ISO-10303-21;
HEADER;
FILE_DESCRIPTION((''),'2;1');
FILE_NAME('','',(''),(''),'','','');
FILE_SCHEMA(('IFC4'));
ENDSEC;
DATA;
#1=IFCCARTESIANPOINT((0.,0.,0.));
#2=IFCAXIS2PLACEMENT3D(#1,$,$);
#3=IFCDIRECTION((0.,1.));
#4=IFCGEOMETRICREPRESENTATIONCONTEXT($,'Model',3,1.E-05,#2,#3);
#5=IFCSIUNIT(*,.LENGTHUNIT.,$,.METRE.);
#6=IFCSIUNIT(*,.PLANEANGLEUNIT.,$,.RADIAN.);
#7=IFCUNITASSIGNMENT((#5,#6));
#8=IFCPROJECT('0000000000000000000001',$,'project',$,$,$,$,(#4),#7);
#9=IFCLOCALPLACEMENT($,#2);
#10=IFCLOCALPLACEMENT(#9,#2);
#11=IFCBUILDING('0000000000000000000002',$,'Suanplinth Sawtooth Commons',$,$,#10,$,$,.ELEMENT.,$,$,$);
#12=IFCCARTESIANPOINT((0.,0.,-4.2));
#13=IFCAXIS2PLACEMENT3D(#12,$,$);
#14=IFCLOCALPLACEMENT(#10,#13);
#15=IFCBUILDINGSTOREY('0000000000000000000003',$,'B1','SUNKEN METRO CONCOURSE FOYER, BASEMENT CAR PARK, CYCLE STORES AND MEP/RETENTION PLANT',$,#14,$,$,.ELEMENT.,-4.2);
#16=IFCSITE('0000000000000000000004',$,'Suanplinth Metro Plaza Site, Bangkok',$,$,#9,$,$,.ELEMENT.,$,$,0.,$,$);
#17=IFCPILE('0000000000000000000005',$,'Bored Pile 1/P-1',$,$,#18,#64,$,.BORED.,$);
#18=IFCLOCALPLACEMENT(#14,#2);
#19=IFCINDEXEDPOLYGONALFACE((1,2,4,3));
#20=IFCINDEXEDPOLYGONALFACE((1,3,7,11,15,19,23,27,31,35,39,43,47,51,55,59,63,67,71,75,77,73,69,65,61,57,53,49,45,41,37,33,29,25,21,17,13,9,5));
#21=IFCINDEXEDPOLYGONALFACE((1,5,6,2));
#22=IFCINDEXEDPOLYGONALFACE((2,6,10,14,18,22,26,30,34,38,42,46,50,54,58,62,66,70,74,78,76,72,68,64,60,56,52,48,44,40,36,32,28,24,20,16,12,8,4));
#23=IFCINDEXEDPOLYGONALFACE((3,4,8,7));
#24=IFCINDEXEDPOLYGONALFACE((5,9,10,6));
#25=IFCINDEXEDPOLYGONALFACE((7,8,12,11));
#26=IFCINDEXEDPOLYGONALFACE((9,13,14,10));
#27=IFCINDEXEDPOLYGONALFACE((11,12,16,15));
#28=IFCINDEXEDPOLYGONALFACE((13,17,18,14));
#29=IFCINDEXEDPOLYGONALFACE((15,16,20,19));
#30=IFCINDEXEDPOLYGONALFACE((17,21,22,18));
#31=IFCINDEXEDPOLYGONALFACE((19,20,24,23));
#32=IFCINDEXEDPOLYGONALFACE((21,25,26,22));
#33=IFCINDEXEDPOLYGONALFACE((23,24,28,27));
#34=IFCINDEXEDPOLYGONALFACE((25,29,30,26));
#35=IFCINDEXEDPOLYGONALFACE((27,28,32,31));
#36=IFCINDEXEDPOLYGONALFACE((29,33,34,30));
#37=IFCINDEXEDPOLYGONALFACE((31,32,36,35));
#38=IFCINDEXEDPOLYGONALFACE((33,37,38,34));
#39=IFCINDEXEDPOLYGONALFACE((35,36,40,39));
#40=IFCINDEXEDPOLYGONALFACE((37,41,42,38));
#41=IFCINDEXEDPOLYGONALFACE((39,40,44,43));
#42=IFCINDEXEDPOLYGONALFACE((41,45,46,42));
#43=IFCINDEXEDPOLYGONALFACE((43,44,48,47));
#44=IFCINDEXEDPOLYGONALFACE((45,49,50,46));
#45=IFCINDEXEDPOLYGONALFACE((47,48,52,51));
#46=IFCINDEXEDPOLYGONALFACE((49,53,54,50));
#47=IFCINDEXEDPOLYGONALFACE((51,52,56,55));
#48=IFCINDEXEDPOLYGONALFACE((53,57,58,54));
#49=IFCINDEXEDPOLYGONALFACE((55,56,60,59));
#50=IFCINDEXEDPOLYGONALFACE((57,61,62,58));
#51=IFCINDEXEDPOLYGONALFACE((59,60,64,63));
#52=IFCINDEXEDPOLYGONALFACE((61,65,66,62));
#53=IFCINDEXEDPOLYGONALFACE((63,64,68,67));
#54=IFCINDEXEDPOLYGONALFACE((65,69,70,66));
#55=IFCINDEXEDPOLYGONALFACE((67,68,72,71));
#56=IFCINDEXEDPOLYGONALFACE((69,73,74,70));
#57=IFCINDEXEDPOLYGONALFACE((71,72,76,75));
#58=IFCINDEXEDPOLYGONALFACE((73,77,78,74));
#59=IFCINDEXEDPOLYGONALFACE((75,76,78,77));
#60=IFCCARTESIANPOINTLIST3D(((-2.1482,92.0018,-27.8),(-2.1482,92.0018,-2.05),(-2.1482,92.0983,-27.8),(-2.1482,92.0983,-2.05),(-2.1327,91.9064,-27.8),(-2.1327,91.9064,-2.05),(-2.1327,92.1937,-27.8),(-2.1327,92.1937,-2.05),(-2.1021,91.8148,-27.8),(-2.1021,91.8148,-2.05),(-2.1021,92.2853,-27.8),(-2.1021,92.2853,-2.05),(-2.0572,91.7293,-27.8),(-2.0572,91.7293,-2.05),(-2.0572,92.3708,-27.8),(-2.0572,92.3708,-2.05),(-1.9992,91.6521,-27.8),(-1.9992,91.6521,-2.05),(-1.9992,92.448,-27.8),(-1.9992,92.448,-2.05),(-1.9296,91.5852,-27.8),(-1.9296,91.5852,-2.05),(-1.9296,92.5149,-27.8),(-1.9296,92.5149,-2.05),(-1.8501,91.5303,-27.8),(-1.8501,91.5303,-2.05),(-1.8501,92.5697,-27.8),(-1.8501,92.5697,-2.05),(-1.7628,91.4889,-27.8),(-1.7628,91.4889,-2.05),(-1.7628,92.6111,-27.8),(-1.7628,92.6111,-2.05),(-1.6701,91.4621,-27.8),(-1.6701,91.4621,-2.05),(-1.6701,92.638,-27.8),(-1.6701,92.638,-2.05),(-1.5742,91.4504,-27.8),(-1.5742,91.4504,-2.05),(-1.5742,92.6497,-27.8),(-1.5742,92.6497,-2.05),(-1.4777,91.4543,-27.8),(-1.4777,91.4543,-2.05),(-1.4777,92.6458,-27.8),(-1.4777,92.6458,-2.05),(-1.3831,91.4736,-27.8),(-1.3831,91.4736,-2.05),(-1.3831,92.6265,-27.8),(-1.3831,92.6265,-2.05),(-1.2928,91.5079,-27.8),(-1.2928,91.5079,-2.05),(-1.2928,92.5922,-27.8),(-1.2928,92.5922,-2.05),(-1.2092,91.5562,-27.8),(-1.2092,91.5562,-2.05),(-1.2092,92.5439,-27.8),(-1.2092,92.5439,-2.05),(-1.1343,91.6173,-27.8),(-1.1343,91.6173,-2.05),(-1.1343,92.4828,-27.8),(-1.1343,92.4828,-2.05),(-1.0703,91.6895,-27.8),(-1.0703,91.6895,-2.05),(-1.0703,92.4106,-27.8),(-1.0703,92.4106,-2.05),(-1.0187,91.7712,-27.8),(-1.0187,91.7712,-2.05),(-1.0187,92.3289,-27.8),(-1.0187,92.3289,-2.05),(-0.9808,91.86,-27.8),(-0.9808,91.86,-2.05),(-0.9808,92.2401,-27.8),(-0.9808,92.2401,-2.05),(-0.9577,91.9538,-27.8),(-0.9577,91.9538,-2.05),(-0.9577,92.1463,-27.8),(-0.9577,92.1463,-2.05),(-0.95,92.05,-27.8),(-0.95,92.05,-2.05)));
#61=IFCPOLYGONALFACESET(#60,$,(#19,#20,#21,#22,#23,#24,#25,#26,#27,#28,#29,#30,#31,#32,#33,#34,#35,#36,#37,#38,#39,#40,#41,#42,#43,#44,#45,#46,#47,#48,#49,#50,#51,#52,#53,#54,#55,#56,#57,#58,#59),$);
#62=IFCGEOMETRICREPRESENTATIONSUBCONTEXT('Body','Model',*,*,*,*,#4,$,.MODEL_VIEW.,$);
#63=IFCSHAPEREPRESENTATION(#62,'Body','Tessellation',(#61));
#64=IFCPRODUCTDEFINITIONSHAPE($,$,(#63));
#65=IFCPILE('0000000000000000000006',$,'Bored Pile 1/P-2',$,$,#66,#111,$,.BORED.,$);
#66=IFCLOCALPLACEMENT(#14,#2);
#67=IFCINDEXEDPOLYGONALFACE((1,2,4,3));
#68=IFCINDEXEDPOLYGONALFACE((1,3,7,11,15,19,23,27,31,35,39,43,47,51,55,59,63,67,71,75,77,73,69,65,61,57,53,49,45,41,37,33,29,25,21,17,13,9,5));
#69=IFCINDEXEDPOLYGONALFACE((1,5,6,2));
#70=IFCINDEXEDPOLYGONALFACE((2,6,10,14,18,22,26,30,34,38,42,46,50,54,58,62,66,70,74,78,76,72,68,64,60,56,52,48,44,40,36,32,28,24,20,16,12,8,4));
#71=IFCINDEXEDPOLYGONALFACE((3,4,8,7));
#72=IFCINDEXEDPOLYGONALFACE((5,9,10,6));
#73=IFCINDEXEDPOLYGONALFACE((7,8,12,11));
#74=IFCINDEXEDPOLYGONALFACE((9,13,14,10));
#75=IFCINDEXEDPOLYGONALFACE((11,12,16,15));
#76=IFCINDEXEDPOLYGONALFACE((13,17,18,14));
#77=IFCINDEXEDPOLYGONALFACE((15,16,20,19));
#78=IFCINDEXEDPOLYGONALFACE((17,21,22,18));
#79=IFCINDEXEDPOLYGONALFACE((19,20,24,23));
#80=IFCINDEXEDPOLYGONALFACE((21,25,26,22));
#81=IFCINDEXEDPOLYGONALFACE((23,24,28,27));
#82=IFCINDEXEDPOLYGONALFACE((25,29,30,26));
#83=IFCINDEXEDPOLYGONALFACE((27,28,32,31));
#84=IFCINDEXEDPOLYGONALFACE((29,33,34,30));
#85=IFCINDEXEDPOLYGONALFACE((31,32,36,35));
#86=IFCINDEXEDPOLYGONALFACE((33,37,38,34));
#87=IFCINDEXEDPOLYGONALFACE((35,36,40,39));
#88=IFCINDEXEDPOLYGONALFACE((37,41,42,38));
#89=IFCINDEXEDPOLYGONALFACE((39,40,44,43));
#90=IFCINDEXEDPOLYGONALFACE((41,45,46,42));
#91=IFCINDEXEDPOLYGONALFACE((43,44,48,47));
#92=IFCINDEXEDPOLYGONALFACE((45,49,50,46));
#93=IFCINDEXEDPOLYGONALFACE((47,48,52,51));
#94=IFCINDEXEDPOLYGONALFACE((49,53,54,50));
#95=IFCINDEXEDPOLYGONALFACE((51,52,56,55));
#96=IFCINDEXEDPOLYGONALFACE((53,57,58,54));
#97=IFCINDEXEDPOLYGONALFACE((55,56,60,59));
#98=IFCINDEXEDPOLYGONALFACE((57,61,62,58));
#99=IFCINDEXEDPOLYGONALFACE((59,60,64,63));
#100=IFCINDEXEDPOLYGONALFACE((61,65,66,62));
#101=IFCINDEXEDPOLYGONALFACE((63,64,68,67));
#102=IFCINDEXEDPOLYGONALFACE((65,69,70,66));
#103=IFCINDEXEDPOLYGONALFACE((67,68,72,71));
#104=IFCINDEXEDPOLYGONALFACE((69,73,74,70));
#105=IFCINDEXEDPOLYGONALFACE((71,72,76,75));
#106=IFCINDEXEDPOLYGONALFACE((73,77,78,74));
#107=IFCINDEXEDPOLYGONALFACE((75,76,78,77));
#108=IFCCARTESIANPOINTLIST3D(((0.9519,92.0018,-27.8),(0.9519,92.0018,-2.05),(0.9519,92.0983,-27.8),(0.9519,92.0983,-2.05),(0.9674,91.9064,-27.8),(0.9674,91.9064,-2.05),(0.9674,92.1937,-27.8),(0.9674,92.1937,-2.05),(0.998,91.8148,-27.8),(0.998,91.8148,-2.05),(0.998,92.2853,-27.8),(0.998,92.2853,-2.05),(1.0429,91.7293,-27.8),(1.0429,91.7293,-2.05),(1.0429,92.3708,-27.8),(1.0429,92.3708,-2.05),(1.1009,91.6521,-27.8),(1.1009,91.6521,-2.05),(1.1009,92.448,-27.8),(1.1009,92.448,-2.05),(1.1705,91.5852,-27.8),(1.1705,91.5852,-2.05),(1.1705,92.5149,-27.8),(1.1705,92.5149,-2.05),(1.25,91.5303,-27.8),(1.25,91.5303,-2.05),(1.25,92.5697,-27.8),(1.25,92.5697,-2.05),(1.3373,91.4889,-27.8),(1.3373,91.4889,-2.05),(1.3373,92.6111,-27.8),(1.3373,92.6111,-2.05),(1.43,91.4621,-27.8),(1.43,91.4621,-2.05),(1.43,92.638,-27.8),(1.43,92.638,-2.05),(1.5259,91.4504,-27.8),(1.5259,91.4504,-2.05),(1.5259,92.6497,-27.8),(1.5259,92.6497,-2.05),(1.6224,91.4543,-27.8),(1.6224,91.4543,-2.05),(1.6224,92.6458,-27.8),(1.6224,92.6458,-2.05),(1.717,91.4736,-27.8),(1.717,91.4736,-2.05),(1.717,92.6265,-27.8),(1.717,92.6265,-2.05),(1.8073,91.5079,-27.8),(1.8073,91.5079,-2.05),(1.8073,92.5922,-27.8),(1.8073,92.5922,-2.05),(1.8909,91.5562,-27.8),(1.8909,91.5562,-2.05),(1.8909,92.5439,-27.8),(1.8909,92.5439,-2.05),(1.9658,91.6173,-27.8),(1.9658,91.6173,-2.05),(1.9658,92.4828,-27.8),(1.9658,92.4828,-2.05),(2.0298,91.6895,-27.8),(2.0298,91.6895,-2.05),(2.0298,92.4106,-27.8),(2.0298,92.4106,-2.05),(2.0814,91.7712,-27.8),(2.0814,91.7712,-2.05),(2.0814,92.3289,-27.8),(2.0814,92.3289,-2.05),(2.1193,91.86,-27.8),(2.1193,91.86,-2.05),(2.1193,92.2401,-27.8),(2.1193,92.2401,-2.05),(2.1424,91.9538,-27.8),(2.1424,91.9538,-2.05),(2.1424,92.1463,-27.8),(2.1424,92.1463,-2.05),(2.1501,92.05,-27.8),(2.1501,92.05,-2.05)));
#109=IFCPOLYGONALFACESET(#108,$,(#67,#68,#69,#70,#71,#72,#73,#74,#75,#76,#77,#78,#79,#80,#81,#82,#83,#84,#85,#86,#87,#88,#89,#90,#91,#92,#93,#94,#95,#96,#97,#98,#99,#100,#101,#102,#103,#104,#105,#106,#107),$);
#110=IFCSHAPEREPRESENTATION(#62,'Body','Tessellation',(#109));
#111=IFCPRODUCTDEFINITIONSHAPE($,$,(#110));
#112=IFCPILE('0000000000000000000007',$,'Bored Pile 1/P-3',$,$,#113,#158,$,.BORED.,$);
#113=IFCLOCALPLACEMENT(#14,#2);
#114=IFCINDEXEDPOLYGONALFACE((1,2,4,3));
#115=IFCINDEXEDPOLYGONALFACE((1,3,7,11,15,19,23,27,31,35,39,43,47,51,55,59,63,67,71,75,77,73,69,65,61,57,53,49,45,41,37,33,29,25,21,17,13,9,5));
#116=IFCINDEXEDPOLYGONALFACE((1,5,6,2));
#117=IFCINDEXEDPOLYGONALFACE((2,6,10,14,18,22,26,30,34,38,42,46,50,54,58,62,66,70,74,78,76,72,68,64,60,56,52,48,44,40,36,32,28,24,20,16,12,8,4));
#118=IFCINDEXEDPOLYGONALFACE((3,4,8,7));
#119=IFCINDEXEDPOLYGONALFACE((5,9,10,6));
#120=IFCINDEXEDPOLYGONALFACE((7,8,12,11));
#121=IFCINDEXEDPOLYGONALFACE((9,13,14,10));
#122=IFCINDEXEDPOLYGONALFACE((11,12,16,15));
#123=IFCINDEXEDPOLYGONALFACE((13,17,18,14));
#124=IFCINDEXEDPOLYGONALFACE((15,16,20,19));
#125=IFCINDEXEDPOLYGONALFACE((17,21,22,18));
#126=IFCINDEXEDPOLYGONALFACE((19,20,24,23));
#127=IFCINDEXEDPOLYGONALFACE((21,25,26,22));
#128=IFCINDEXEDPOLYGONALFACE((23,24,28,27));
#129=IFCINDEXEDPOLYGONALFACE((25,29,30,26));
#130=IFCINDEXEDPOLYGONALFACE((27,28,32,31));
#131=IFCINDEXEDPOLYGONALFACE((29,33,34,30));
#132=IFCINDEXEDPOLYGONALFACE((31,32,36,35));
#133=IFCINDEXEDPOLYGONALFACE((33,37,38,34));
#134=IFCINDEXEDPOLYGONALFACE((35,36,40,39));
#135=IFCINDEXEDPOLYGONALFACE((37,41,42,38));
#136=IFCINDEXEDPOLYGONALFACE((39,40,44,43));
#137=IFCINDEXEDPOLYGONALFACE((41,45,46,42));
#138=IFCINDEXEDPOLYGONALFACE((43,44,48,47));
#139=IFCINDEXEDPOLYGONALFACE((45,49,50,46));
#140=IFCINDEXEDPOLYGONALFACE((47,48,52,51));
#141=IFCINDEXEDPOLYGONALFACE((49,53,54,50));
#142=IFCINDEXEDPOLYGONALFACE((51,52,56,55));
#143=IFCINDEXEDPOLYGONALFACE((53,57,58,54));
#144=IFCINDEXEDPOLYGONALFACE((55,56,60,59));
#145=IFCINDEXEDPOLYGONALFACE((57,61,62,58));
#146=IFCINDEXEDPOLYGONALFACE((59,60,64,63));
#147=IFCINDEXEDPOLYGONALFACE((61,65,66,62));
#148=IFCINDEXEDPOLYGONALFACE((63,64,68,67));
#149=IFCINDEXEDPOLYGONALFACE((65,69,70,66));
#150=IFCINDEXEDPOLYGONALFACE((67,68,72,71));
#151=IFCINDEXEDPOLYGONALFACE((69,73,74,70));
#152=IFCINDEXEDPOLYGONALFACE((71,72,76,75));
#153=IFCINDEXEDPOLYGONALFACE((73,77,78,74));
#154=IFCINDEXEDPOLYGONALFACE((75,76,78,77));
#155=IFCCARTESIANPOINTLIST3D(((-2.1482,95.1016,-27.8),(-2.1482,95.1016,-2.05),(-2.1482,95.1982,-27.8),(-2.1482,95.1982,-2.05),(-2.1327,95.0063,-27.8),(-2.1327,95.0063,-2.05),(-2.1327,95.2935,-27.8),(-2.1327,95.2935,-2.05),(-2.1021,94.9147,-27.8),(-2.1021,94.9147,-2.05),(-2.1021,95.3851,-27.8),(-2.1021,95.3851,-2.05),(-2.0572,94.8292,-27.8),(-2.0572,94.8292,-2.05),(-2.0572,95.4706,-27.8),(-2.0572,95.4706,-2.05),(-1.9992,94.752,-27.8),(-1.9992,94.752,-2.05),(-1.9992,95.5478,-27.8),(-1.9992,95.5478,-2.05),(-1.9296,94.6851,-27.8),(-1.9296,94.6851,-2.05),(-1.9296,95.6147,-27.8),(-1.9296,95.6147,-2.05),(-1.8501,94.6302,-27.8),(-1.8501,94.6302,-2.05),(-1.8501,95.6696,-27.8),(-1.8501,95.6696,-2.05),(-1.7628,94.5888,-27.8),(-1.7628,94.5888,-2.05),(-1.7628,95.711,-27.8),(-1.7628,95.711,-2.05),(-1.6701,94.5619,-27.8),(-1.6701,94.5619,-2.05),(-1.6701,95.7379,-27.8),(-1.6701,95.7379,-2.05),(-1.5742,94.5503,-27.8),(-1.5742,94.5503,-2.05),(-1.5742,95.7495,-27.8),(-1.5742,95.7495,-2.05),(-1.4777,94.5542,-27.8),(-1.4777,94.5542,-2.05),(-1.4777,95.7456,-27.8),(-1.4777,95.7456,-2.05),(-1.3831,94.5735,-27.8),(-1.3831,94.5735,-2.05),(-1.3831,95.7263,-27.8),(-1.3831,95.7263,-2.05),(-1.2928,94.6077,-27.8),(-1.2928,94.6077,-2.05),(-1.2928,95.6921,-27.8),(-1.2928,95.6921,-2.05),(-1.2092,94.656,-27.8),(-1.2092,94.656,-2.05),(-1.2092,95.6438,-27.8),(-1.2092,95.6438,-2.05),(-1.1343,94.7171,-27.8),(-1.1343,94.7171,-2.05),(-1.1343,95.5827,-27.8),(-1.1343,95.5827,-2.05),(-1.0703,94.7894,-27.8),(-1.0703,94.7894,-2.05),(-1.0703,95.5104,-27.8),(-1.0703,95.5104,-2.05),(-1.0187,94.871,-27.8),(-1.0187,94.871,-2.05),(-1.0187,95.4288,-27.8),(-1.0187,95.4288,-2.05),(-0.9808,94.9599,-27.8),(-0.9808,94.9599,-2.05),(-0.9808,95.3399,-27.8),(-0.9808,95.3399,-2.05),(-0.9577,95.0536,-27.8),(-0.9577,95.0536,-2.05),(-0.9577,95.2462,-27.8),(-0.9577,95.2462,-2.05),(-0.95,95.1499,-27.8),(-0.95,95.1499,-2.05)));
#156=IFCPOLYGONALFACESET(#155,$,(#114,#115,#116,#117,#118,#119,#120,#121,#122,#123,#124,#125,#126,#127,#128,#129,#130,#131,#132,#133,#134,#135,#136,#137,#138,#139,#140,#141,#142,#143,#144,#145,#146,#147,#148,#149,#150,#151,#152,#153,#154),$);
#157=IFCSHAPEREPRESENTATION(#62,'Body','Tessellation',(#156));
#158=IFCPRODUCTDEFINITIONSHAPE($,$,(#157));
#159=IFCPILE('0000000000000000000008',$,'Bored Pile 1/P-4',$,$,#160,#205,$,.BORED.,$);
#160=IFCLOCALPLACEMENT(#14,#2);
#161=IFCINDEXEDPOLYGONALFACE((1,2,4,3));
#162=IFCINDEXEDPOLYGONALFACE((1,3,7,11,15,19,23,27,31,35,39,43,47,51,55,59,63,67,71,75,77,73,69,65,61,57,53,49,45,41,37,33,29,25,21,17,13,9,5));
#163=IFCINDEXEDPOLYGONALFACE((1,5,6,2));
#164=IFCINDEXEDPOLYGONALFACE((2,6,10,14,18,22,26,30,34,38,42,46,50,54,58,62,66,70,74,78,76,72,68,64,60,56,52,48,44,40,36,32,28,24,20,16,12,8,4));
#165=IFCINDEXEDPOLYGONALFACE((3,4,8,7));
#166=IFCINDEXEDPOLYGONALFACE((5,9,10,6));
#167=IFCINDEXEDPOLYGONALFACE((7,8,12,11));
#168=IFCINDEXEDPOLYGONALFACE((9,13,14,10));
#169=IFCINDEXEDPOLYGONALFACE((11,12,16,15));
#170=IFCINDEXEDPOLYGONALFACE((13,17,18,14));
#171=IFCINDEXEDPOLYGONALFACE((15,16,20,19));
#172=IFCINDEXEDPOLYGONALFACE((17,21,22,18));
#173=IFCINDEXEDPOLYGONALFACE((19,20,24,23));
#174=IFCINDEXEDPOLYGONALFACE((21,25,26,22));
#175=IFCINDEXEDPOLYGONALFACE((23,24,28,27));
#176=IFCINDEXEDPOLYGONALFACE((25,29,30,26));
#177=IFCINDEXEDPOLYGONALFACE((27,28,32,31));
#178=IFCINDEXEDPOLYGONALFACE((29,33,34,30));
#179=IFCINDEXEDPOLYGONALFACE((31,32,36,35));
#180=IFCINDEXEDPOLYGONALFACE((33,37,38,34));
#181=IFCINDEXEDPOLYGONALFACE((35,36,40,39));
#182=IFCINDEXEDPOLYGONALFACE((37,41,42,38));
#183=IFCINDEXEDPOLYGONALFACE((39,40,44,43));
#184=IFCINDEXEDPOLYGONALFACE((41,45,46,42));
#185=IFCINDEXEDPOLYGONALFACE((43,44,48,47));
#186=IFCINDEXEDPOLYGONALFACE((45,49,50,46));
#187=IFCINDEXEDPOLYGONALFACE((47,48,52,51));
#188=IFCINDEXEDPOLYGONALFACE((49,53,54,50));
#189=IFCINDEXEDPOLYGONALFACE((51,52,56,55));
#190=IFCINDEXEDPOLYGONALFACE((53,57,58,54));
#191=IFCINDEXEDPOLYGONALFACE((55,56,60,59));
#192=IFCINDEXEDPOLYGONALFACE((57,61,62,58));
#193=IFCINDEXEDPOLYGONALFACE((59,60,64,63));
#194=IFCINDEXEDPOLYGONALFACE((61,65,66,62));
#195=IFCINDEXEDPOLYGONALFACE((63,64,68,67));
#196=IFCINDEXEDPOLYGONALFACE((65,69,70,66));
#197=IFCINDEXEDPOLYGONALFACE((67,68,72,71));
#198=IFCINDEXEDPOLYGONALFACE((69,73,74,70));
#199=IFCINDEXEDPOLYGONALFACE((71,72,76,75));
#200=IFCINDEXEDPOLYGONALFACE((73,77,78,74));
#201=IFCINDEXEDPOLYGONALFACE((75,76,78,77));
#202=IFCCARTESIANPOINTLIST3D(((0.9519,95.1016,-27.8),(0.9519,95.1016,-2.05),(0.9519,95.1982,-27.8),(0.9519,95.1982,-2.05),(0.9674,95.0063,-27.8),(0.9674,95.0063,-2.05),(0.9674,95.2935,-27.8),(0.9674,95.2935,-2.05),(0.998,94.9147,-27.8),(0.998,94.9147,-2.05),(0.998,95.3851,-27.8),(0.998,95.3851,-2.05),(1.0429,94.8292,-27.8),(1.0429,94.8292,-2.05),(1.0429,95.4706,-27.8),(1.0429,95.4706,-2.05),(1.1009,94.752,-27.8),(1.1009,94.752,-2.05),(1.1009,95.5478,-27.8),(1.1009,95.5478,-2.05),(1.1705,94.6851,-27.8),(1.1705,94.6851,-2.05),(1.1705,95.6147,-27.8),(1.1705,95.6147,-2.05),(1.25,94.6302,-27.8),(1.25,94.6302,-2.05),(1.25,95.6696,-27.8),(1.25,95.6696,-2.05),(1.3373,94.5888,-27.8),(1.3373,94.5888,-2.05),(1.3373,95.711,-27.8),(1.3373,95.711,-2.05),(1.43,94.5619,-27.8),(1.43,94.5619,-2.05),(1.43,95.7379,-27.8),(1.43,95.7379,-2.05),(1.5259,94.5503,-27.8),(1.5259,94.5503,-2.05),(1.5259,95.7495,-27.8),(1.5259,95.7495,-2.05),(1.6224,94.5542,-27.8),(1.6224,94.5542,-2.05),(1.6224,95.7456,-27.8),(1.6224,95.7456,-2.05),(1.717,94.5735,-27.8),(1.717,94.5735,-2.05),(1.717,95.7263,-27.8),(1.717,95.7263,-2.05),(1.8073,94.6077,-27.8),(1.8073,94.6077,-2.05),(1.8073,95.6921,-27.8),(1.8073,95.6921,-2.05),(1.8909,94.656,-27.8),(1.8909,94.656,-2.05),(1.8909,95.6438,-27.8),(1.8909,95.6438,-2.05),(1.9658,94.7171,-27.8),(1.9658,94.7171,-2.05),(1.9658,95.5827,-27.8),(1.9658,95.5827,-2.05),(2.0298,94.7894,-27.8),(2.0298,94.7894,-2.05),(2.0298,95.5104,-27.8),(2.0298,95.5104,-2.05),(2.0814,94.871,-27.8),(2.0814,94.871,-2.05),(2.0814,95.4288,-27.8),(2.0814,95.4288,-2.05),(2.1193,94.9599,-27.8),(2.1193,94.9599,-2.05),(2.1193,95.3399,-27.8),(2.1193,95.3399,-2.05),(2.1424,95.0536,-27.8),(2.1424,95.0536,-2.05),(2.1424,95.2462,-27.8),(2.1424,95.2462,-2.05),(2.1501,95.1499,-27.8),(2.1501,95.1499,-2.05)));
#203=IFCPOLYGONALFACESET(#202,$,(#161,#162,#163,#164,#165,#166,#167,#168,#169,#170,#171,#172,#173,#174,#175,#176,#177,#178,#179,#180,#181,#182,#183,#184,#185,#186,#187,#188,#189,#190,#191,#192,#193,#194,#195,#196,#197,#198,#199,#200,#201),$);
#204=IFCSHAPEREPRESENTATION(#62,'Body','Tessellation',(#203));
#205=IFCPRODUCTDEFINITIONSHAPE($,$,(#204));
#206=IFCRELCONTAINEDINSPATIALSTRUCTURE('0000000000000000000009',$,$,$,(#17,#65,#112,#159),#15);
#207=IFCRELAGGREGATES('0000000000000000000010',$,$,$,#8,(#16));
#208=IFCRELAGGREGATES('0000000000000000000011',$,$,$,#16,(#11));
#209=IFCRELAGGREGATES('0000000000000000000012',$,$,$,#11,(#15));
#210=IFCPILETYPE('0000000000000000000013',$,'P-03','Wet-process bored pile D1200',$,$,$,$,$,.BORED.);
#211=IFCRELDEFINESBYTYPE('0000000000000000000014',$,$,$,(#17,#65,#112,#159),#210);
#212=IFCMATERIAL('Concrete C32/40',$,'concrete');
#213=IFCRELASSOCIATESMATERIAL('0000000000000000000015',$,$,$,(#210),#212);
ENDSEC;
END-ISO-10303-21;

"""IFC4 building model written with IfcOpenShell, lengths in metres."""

from ifc_helpers import new_model, si_unit, direction, frame, origin, origin_2d, place, context, subcontext, project, spatial, circle, extrude, material, material_profile, profile_set, type_object, element, save


model = new_model("IFC4")

# Units and contexts
model_context = context("Model", 3, precision=1e-05, world=origin(), true_north=direction((0.0, 1.0)))
body_context = subcontext(model_context, "Body", "Model", "MODEL_VIEW")
ifc_project = project(units=[si_unit("LENGTHUNIT", "METRE"), si_unit("PLANEANGLEUNIT", "RADIAN")], contexts=[model_context])

# Site, building, storey
site_placement = place(None, origin())
site = spatial("IfcSite", under=ifc_project, at=site_placement, Name="Suanplinth Metro Plaza Site, Bangkok", CompositionType="ELEMENT", RefElevation=0.0)
building_placement = place(site_placement, origin())
building = spatial("IfcBuilding", under=site, at=building_placement, Name="Suanplinth Sawtooth Commons", CompositionType="ELEMENT")
storey_placement = place(building_placement, frame((0.0, 0.0, -4.2)))
storey = spatial("IfcBuildingStorey", under=building, at=storey_placement, Name="B1", Description="SUNKEN METRO CONCOURSE FOYER, BASEMENT CAR PARK, CYCLE STORES AND MEP/RETENTION PLANT", CompositionType="ELEMENT", Elevation=-4.2)

# Piles
ifc_material_1 = material(Name="Concrete C32/40", Category="concrete")
ifc_material_profile_1 = material_profile(ifc_material_1, circle(Radius=0.6001, at=origin_2d()), Name="PILE D1200")
ifc_profile_set_1 = profile_set([ifc_material_profile_1], Name="Concrete C32/40")
pile_type = type_object("IfcPileType", Name="P-03", Description="Wet-process bored pile D1200", PredefinedType="BORED", material=ifc_profile_set_1)
for number, where, z_axis, x_axis, name in (
    (1, (-1.55, 92.05, -2.05), (0.0, 0.0, -1.0), (1.0, 0.0, 0.0), "Bored Pile 1/P-1"),
    (2, (1.55, 92.05, -2.05), (0.0, 0.0, -1.0), (1.0, 0.0, 0.0), "Bored Pile 1/P-2"),
    (3, (-1.55, 95.1499, -2.05), (0.0, 0.0, -1.0), (1.0, 0.0, 0.0), "Bored Pile 1/P-3"),
    (4, (1.55, 95.1499, -2.05), (0.0, 0.0, -1.0), (1.0, 0.0, 0.0), "Bored Pile 1/P-4"),
):
    element("IfcPile", number, at=place(storey_placement, frame(where, z_axis=z_axis, x_axis=x_axis)), inside=storey, type_object=pile_type, Name=name, PredefinedType="BORED", context=body_context, shape_type="SweptSolid", body=[
        extrude(circle(Radius=0.6001, at=origin_2d()), origin(), (0.0, 0.0, 1.0), 25.75),
    ])

save(model, "model.ifc")
